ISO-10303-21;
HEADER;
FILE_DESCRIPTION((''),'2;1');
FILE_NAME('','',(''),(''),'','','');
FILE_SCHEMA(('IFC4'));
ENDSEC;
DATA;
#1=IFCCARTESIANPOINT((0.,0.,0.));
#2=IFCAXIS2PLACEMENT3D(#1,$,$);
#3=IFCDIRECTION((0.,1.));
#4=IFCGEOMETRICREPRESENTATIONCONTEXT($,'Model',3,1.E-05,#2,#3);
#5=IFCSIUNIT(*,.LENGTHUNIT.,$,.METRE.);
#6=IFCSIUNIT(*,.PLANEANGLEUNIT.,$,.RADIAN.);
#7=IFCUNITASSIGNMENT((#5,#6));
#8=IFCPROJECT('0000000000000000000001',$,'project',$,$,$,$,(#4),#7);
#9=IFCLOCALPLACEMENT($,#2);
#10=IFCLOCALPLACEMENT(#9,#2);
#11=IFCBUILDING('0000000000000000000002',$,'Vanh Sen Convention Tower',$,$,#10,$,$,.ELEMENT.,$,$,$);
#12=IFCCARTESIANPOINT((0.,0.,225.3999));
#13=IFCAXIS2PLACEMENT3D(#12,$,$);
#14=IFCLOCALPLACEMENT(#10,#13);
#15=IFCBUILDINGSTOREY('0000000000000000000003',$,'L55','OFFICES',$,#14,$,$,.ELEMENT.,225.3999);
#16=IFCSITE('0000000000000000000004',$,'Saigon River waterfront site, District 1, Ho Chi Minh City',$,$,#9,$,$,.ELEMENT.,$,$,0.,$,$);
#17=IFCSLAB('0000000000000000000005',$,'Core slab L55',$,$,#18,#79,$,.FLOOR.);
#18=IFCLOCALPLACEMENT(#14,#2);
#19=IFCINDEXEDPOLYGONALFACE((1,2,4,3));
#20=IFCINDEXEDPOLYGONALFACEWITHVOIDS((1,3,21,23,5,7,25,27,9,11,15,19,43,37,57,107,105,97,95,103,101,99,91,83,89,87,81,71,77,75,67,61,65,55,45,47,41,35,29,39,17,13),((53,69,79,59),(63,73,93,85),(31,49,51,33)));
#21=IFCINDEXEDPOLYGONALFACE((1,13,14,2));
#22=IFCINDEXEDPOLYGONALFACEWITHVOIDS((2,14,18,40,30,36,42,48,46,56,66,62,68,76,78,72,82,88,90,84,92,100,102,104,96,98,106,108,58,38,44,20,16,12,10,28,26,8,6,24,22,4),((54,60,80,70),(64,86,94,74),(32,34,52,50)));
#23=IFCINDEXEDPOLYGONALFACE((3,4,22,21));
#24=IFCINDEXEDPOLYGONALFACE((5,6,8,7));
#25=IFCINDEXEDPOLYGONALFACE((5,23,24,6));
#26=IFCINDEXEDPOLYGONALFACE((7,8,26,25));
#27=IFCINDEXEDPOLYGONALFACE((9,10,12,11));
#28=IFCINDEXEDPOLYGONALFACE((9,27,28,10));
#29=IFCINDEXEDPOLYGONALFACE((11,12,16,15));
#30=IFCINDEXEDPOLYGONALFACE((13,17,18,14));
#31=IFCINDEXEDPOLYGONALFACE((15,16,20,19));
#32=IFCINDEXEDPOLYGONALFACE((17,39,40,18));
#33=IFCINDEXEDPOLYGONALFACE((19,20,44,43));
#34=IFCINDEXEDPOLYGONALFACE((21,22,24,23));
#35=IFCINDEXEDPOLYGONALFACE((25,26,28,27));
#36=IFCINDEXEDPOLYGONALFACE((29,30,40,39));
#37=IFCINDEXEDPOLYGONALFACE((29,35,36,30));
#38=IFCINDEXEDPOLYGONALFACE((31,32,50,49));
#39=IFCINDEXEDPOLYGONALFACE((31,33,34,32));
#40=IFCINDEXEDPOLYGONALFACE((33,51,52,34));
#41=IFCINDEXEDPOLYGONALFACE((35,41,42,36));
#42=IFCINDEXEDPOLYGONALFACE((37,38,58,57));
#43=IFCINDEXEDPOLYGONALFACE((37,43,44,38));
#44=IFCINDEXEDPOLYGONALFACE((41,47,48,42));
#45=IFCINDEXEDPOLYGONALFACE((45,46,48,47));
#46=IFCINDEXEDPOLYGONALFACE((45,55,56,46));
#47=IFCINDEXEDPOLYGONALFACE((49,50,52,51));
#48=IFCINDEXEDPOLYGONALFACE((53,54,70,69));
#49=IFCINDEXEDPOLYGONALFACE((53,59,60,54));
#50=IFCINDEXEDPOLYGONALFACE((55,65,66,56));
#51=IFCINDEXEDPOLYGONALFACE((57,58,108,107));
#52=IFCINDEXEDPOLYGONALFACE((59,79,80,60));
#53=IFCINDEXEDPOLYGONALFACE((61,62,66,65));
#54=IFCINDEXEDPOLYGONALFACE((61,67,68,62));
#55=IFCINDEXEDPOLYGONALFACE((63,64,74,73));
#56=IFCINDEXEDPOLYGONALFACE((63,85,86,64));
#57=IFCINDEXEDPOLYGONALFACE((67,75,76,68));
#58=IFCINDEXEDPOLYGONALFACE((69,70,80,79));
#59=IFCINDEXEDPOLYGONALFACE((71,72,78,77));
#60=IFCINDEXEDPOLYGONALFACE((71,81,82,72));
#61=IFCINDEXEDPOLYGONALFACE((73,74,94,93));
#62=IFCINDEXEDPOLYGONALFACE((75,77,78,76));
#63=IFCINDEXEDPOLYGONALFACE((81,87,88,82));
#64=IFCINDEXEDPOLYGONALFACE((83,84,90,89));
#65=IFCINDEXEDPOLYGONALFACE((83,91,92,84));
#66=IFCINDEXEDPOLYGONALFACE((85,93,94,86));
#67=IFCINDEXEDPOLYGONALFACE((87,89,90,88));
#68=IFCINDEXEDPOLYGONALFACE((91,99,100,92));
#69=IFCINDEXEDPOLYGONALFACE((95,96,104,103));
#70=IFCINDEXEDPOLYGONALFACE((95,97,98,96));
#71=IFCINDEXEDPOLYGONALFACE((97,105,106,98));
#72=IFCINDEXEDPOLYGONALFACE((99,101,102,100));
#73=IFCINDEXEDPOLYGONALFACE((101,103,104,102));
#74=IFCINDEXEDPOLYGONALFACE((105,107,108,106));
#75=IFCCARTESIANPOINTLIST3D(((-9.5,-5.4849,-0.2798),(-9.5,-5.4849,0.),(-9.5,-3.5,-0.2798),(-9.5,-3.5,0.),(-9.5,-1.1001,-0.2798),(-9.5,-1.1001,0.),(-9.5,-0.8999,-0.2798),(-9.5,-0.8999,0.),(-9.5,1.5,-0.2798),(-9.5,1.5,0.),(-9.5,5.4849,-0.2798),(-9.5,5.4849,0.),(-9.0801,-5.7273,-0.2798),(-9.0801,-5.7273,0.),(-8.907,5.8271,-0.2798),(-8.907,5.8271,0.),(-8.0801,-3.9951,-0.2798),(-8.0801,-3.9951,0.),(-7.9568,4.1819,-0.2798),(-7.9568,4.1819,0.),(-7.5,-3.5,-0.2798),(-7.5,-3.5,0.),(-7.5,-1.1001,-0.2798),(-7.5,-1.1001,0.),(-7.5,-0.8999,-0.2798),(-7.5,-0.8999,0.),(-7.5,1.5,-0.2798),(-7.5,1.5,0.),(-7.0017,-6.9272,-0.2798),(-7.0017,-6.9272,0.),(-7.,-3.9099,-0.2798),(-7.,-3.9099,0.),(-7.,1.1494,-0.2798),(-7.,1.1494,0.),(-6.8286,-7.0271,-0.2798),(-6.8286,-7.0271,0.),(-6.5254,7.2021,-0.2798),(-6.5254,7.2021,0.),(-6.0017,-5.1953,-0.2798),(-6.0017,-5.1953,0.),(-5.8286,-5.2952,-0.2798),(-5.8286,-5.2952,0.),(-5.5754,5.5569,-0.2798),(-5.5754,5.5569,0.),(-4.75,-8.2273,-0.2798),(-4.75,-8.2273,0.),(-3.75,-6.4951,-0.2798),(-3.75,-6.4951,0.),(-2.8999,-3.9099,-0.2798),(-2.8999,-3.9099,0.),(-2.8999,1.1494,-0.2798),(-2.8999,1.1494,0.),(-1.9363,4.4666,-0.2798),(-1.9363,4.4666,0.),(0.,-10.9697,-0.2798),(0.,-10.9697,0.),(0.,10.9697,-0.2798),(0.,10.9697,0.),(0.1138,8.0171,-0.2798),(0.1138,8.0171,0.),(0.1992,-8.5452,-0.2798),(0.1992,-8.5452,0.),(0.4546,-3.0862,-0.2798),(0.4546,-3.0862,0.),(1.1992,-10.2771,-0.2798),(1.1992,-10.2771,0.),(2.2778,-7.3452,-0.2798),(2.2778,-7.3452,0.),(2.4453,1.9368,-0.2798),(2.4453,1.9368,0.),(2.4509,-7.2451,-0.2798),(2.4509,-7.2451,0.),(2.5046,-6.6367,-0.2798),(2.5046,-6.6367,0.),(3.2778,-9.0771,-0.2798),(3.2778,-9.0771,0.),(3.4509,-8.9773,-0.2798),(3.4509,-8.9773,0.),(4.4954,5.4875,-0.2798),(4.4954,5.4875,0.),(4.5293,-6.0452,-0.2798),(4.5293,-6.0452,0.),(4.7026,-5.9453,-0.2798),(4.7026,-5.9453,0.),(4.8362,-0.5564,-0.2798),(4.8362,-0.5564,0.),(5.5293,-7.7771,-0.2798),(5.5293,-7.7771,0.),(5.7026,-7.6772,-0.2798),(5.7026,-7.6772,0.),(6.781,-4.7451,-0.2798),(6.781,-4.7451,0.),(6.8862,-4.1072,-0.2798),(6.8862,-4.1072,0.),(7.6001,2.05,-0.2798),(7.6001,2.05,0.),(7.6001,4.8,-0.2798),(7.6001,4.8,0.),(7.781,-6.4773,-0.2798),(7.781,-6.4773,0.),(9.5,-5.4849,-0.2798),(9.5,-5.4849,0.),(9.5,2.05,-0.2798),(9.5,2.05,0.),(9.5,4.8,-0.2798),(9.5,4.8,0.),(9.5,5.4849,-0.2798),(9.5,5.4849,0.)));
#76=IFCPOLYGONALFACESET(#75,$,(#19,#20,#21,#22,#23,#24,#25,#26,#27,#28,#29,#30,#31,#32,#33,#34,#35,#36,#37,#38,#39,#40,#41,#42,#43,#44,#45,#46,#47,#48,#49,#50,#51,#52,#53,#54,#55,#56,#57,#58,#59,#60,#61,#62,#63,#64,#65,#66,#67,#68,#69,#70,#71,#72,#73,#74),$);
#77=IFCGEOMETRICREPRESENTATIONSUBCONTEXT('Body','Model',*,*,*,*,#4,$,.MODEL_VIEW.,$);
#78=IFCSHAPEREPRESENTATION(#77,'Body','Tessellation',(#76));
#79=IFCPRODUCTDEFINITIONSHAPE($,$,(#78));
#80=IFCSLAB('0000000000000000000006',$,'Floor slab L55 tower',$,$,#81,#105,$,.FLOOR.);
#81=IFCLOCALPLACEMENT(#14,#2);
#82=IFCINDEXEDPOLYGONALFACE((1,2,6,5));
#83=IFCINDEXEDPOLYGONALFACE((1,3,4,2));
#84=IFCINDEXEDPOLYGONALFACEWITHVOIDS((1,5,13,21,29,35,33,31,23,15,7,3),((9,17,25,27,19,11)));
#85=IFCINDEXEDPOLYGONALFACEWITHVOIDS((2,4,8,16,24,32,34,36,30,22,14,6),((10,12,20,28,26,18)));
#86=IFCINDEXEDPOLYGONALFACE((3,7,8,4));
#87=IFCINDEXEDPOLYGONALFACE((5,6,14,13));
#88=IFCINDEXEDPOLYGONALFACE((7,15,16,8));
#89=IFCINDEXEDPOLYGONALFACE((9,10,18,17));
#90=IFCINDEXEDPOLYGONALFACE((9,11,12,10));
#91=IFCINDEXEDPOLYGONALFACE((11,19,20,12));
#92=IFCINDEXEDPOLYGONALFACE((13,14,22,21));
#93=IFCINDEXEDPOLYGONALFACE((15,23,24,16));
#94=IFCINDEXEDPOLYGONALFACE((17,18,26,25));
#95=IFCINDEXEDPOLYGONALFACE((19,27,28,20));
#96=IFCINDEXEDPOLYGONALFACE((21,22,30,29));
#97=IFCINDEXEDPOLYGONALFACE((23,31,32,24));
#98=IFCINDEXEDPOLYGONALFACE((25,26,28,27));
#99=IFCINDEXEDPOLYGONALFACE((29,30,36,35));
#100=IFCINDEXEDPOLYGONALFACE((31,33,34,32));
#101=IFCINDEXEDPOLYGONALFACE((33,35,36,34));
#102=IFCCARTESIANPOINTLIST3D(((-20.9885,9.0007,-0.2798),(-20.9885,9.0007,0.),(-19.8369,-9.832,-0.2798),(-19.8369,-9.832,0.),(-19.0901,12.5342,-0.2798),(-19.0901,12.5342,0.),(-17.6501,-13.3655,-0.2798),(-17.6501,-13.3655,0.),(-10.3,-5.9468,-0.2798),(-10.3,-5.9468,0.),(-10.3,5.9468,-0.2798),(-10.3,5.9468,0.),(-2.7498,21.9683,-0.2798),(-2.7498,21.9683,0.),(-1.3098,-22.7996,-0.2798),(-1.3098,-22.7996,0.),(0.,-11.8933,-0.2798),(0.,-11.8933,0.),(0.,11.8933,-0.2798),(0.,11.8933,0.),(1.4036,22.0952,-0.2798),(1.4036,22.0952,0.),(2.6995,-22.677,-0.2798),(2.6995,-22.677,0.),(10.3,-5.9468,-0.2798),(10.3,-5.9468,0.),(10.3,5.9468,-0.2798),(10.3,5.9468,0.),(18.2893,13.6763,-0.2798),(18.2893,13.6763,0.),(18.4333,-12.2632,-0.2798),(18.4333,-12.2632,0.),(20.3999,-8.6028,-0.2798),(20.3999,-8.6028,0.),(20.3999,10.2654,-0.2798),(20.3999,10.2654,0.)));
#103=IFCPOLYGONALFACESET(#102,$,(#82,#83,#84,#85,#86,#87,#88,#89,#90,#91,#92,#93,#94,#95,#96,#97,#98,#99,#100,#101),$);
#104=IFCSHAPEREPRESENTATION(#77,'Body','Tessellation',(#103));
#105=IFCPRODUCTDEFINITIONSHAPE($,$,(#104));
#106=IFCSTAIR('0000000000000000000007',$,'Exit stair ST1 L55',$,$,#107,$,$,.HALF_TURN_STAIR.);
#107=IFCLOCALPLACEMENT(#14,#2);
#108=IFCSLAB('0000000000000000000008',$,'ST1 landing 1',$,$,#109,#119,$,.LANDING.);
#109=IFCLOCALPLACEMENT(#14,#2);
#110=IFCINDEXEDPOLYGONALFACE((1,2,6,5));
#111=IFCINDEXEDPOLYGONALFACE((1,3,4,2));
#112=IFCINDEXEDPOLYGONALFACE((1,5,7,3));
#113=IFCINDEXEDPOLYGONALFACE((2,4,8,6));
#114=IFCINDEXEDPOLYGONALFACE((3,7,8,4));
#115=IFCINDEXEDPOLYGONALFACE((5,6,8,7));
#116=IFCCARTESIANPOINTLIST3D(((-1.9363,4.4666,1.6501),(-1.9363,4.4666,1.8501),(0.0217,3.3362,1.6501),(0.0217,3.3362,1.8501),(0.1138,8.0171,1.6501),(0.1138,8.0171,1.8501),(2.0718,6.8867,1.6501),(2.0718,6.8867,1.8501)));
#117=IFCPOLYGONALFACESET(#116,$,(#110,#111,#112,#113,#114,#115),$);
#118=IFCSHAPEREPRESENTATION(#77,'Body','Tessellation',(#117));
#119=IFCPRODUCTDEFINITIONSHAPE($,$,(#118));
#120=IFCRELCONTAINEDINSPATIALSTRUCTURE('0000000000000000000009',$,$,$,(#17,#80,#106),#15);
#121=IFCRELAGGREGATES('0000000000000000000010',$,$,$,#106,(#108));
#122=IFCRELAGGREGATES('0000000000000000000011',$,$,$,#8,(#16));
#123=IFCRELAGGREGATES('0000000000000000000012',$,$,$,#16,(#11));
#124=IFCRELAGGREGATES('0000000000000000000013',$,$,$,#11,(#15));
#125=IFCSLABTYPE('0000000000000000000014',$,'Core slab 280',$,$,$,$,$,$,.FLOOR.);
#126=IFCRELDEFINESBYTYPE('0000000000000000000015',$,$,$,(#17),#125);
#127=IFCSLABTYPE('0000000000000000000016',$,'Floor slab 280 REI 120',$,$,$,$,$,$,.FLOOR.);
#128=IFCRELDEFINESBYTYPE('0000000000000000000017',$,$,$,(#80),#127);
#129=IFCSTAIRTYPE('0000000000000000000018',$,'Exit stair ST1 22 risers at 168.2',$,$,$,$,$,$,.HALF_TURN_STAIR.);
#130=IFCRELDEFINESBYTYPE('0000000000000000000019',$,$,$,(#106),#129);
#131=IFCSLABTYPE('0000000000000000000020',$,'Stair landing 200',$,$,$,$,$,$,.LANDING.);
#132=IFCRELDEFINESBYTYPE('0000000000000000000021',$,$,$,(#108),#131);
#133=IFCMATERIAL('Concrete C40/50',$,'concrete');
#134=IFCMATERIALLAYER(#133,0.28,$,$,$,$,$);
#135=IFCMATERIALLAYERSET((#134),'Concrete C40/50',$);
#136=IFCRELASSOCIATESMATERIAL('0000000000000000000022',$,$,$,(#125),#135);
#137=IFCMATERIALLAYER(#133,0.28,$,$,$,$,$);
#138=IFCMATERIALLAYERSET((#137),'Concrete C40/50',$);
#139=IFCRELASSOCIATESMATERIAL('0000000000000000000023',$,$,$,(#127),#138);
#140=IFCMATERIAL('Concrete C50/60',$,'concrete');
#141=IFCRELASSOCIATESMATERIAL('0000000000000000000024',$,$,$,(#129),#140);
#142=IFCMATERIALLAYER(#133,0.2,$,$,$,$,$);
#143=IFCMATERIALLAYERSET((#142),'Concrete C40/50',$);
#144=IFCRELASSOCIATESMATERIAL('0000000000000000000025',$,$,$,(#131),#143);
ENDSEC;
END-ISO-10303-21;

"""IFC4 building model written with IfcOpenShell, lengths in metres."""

from ifc_helpers import new_model, si_unit, direction, frame, origin, place, context, subcontext, project, spatial, polyline, outline, extrude, material, layer, layer_set, type_object, element, aggregate, save


model = new_model("IFC4")

# Units and contexts
model_context = context("Model", 3, precision=1e-05, world=origin(), true_north=direction((0.0, 1.0)))
body_context = subcontext(model_context, "Body", "Model", "MODEL_VIEW")
ifc_project = project(units=[si_unit("LENGTHUNIT", "METRE"), si_unit("PLANEANGLEUNIT", "RADIAN")], contexts=[model_context])

# Site, building, storey
site_placement = place(None, origin())
site = spatial("IfcSite", under=ifc_project, at=site_placement, Name="Saigon River waterfront site, District 1, Ho Chi Minh City", CompositionType="ELEMENT", RefElevation=0.0)
building_placement = place(site_placement, origin())
building = spatial("IfcBuilding", under=site, at=building_placement, Name="Vanh Sen Convention Tower", CompositionType="ELEMENT")
storey_placement = place(building_placement, frame((0.0, 0.0, 225.3999)))
storey = spatial("IfcBuildingStorey", under=building, at=storey_placement, Name="L55", Description="OFFICES", CompositionType="ELEMENT", Elevation=225.3999)

# Slabs
ifc_material_1 = material(Name="Concrete C40/50", Category="concrete")
ifc_layer_1 = layer(ifc_material_1, 0.28)
ifc_layer_set_1 = layer_set([ifc_layer_1], Name="Concrete C40/50")
slab_type_1 = type_object("IfcSlabType", Name="Core slab 280", PredefinedType="FLOOR", material=ifc_layer_set_1)
slab_1_placement = place(storey_placement, frame((0.0, 0.0, -0.2798)))
element("IfcSlab", 1, at=slab_1_placement, inside=storey, type_object=slab_type_1, Name="Core slab L55", PredefinedType="FLOOR", context=body_context, shape_type="SweptSolid", body=[
    extrude(outline(polyline([(0.0, 10.9697), (9.5, 5.4849), (9.5, 4.8), (7.6001, 4.8), (7.6001, 2.05), (9.5, 2.05), (9.5, -5.4849), (7.781, -6.4773), (6.781, -4.7451), (4.7026, -5.9453), (5.7026, -7.6772), (5.5293, -7.7771), (4.5293, -6.0452), (2.4509, -7.2451), (3.4509, -8.9773), (3.2778, -9.0771), (2.2778, -7.3452), (0.1992, -8.5452), (1.1992, -10.2771), (0.0, -10.9697), (-4.75, -8.2273), (-3.75, -6.4951), (-5.8286, -5.2952), (-6.8286, -7.0271), (-7.0017, -6.9272), (-6.0017, -5.1953), (-8.0801, -3.9951), (-9.0801, -5.7273), (-9.5, -5.4849), (-9.5, -3.5), (-7.5, -3.5), (-7.5, -1.1001), (-9.5, -1.1001), (-9.5, -0.8999), (-7.5, -0.8999), (-7.5, 1.5), (-9.5, 1.5), (-9.5, 5.4849), (-8.907, 5.8271), (-7.9568, 4.1819), (-5.5754, 5.5569), (-6.5254, 7.2021), (0.0, 10.9697)]), holes=[polyline([(-7.0, 1.1494), (-7.0, -3.9099), (-2.8999, -3.9099), (-2.8999, 1.1494), (-7.0, 1.1494)]), polyline([(2.5046, -6.6367), (6.8862, -4.1072), (4.8362, -0.5564), (0.4546, -3.0862), (2.5046, -6.6367)]), polyline([(0.1138, 8.0171), (-1.9363, 4.4666), (2.4453, 1.9368), (4.4954, 5.4875), (0.1138, 8.0171)])]), origin(), (0.0, 0.0, 1.0), 0.2798),
])
ifc_layer_2 = layer(ifc_material_1, 0.28)
ifc_layer_set_2 = layer_set([ifc_layer_2], Name="Concrete C40/50")
slab_type_2 = type_object("IfcSlabType", Name="Floor slab 280 REI 120", PredefinedType="FLOOR", material=ifc_layer_set_2)
slab_2_placement = place(storey_placement, frame((0.0, 0.0, -0.2798)))
element("IfcSlab", 2, at=slab_2_placement, inside=storey, type_object=slab_type_2, Name="Floor slab L55 tower", PredefinedType="FLOOR", context=body_context, shape_type="SweptSolid", body=[
    extrude(outline(polyline([(20.3999, -8.6028), (20.3999, 10.2654), (18.2893, 13.6763), (1.4036, 22.0952), (-2.7498, 21.9683), (-19.0901, 12.5342), (-20.9885, 9.0007), (-19.8369, -9.832), (-17.6501, -13.3655), (-1.3098, -22.7996), (2.6995, -22.677), (18.4333, -12.2632), (20.3999, -8.6028)]), holes=[polyline([(0.0, 11.8933), (-10.3, 5.9468), (-10.3, -5.9468), (0.0, -11.8933), (10.3, -5.9468), (10.3, 5.9468), (0.0, 11.8933)])]), origin(), (0.0, 0.0, 1.0), 0.2798),
])

# Stair, slab
ifc_material_2 = material(Name="Concrete C50/60", Category="concrete")
stair_type = type_object("IfcStairType", Name="Exit stair ST1 22 risers at 168.2", PredefinedType="HALF_TURN_STAIR", material=ifc_material_2)
stair_placement = place(storey_placement, origin())
stair = element("IfcStair", 3, at=stair_placement, inside=storey, type_object=stair_type, Name="Exit stair ST1 L55", PredefinedType="HALF_TURN_STAIR")
ifc_layer_3 = layer(ifc_material_1, 0.2)
ifc_layer_set_3 = layer_set([ifc_layer_3], Name="Concrete C40/50")
slab_type_3 = type_object("IfcSlabType", Name="Stair landing 200", PredefinedType="LANDING", material=ifc_layer_set_3)
slab_3_placement = place(storey_placement, frame((0.0, 0.0, 1.6501)))
slab_3 = element("IfcSlab", 4, at=slab_3_placement, type_object=slab_type_3, Name="ST1 landing 1", PredefinedType="LANDING", context=body_context, shape_type="SweptSolid", body=[
    extrude(outline(polyline([(2.0718, 6.8867), (0.1138, 8.0171), (-1.9363, 4.4666), (0.0217, 3.3362), (2.0718, 6.8867)])), origin(), (0.0, 0.0, 1.0), 0.2),
])
aggregate(stair, [slab_3])

save(model, "model.ifc")
